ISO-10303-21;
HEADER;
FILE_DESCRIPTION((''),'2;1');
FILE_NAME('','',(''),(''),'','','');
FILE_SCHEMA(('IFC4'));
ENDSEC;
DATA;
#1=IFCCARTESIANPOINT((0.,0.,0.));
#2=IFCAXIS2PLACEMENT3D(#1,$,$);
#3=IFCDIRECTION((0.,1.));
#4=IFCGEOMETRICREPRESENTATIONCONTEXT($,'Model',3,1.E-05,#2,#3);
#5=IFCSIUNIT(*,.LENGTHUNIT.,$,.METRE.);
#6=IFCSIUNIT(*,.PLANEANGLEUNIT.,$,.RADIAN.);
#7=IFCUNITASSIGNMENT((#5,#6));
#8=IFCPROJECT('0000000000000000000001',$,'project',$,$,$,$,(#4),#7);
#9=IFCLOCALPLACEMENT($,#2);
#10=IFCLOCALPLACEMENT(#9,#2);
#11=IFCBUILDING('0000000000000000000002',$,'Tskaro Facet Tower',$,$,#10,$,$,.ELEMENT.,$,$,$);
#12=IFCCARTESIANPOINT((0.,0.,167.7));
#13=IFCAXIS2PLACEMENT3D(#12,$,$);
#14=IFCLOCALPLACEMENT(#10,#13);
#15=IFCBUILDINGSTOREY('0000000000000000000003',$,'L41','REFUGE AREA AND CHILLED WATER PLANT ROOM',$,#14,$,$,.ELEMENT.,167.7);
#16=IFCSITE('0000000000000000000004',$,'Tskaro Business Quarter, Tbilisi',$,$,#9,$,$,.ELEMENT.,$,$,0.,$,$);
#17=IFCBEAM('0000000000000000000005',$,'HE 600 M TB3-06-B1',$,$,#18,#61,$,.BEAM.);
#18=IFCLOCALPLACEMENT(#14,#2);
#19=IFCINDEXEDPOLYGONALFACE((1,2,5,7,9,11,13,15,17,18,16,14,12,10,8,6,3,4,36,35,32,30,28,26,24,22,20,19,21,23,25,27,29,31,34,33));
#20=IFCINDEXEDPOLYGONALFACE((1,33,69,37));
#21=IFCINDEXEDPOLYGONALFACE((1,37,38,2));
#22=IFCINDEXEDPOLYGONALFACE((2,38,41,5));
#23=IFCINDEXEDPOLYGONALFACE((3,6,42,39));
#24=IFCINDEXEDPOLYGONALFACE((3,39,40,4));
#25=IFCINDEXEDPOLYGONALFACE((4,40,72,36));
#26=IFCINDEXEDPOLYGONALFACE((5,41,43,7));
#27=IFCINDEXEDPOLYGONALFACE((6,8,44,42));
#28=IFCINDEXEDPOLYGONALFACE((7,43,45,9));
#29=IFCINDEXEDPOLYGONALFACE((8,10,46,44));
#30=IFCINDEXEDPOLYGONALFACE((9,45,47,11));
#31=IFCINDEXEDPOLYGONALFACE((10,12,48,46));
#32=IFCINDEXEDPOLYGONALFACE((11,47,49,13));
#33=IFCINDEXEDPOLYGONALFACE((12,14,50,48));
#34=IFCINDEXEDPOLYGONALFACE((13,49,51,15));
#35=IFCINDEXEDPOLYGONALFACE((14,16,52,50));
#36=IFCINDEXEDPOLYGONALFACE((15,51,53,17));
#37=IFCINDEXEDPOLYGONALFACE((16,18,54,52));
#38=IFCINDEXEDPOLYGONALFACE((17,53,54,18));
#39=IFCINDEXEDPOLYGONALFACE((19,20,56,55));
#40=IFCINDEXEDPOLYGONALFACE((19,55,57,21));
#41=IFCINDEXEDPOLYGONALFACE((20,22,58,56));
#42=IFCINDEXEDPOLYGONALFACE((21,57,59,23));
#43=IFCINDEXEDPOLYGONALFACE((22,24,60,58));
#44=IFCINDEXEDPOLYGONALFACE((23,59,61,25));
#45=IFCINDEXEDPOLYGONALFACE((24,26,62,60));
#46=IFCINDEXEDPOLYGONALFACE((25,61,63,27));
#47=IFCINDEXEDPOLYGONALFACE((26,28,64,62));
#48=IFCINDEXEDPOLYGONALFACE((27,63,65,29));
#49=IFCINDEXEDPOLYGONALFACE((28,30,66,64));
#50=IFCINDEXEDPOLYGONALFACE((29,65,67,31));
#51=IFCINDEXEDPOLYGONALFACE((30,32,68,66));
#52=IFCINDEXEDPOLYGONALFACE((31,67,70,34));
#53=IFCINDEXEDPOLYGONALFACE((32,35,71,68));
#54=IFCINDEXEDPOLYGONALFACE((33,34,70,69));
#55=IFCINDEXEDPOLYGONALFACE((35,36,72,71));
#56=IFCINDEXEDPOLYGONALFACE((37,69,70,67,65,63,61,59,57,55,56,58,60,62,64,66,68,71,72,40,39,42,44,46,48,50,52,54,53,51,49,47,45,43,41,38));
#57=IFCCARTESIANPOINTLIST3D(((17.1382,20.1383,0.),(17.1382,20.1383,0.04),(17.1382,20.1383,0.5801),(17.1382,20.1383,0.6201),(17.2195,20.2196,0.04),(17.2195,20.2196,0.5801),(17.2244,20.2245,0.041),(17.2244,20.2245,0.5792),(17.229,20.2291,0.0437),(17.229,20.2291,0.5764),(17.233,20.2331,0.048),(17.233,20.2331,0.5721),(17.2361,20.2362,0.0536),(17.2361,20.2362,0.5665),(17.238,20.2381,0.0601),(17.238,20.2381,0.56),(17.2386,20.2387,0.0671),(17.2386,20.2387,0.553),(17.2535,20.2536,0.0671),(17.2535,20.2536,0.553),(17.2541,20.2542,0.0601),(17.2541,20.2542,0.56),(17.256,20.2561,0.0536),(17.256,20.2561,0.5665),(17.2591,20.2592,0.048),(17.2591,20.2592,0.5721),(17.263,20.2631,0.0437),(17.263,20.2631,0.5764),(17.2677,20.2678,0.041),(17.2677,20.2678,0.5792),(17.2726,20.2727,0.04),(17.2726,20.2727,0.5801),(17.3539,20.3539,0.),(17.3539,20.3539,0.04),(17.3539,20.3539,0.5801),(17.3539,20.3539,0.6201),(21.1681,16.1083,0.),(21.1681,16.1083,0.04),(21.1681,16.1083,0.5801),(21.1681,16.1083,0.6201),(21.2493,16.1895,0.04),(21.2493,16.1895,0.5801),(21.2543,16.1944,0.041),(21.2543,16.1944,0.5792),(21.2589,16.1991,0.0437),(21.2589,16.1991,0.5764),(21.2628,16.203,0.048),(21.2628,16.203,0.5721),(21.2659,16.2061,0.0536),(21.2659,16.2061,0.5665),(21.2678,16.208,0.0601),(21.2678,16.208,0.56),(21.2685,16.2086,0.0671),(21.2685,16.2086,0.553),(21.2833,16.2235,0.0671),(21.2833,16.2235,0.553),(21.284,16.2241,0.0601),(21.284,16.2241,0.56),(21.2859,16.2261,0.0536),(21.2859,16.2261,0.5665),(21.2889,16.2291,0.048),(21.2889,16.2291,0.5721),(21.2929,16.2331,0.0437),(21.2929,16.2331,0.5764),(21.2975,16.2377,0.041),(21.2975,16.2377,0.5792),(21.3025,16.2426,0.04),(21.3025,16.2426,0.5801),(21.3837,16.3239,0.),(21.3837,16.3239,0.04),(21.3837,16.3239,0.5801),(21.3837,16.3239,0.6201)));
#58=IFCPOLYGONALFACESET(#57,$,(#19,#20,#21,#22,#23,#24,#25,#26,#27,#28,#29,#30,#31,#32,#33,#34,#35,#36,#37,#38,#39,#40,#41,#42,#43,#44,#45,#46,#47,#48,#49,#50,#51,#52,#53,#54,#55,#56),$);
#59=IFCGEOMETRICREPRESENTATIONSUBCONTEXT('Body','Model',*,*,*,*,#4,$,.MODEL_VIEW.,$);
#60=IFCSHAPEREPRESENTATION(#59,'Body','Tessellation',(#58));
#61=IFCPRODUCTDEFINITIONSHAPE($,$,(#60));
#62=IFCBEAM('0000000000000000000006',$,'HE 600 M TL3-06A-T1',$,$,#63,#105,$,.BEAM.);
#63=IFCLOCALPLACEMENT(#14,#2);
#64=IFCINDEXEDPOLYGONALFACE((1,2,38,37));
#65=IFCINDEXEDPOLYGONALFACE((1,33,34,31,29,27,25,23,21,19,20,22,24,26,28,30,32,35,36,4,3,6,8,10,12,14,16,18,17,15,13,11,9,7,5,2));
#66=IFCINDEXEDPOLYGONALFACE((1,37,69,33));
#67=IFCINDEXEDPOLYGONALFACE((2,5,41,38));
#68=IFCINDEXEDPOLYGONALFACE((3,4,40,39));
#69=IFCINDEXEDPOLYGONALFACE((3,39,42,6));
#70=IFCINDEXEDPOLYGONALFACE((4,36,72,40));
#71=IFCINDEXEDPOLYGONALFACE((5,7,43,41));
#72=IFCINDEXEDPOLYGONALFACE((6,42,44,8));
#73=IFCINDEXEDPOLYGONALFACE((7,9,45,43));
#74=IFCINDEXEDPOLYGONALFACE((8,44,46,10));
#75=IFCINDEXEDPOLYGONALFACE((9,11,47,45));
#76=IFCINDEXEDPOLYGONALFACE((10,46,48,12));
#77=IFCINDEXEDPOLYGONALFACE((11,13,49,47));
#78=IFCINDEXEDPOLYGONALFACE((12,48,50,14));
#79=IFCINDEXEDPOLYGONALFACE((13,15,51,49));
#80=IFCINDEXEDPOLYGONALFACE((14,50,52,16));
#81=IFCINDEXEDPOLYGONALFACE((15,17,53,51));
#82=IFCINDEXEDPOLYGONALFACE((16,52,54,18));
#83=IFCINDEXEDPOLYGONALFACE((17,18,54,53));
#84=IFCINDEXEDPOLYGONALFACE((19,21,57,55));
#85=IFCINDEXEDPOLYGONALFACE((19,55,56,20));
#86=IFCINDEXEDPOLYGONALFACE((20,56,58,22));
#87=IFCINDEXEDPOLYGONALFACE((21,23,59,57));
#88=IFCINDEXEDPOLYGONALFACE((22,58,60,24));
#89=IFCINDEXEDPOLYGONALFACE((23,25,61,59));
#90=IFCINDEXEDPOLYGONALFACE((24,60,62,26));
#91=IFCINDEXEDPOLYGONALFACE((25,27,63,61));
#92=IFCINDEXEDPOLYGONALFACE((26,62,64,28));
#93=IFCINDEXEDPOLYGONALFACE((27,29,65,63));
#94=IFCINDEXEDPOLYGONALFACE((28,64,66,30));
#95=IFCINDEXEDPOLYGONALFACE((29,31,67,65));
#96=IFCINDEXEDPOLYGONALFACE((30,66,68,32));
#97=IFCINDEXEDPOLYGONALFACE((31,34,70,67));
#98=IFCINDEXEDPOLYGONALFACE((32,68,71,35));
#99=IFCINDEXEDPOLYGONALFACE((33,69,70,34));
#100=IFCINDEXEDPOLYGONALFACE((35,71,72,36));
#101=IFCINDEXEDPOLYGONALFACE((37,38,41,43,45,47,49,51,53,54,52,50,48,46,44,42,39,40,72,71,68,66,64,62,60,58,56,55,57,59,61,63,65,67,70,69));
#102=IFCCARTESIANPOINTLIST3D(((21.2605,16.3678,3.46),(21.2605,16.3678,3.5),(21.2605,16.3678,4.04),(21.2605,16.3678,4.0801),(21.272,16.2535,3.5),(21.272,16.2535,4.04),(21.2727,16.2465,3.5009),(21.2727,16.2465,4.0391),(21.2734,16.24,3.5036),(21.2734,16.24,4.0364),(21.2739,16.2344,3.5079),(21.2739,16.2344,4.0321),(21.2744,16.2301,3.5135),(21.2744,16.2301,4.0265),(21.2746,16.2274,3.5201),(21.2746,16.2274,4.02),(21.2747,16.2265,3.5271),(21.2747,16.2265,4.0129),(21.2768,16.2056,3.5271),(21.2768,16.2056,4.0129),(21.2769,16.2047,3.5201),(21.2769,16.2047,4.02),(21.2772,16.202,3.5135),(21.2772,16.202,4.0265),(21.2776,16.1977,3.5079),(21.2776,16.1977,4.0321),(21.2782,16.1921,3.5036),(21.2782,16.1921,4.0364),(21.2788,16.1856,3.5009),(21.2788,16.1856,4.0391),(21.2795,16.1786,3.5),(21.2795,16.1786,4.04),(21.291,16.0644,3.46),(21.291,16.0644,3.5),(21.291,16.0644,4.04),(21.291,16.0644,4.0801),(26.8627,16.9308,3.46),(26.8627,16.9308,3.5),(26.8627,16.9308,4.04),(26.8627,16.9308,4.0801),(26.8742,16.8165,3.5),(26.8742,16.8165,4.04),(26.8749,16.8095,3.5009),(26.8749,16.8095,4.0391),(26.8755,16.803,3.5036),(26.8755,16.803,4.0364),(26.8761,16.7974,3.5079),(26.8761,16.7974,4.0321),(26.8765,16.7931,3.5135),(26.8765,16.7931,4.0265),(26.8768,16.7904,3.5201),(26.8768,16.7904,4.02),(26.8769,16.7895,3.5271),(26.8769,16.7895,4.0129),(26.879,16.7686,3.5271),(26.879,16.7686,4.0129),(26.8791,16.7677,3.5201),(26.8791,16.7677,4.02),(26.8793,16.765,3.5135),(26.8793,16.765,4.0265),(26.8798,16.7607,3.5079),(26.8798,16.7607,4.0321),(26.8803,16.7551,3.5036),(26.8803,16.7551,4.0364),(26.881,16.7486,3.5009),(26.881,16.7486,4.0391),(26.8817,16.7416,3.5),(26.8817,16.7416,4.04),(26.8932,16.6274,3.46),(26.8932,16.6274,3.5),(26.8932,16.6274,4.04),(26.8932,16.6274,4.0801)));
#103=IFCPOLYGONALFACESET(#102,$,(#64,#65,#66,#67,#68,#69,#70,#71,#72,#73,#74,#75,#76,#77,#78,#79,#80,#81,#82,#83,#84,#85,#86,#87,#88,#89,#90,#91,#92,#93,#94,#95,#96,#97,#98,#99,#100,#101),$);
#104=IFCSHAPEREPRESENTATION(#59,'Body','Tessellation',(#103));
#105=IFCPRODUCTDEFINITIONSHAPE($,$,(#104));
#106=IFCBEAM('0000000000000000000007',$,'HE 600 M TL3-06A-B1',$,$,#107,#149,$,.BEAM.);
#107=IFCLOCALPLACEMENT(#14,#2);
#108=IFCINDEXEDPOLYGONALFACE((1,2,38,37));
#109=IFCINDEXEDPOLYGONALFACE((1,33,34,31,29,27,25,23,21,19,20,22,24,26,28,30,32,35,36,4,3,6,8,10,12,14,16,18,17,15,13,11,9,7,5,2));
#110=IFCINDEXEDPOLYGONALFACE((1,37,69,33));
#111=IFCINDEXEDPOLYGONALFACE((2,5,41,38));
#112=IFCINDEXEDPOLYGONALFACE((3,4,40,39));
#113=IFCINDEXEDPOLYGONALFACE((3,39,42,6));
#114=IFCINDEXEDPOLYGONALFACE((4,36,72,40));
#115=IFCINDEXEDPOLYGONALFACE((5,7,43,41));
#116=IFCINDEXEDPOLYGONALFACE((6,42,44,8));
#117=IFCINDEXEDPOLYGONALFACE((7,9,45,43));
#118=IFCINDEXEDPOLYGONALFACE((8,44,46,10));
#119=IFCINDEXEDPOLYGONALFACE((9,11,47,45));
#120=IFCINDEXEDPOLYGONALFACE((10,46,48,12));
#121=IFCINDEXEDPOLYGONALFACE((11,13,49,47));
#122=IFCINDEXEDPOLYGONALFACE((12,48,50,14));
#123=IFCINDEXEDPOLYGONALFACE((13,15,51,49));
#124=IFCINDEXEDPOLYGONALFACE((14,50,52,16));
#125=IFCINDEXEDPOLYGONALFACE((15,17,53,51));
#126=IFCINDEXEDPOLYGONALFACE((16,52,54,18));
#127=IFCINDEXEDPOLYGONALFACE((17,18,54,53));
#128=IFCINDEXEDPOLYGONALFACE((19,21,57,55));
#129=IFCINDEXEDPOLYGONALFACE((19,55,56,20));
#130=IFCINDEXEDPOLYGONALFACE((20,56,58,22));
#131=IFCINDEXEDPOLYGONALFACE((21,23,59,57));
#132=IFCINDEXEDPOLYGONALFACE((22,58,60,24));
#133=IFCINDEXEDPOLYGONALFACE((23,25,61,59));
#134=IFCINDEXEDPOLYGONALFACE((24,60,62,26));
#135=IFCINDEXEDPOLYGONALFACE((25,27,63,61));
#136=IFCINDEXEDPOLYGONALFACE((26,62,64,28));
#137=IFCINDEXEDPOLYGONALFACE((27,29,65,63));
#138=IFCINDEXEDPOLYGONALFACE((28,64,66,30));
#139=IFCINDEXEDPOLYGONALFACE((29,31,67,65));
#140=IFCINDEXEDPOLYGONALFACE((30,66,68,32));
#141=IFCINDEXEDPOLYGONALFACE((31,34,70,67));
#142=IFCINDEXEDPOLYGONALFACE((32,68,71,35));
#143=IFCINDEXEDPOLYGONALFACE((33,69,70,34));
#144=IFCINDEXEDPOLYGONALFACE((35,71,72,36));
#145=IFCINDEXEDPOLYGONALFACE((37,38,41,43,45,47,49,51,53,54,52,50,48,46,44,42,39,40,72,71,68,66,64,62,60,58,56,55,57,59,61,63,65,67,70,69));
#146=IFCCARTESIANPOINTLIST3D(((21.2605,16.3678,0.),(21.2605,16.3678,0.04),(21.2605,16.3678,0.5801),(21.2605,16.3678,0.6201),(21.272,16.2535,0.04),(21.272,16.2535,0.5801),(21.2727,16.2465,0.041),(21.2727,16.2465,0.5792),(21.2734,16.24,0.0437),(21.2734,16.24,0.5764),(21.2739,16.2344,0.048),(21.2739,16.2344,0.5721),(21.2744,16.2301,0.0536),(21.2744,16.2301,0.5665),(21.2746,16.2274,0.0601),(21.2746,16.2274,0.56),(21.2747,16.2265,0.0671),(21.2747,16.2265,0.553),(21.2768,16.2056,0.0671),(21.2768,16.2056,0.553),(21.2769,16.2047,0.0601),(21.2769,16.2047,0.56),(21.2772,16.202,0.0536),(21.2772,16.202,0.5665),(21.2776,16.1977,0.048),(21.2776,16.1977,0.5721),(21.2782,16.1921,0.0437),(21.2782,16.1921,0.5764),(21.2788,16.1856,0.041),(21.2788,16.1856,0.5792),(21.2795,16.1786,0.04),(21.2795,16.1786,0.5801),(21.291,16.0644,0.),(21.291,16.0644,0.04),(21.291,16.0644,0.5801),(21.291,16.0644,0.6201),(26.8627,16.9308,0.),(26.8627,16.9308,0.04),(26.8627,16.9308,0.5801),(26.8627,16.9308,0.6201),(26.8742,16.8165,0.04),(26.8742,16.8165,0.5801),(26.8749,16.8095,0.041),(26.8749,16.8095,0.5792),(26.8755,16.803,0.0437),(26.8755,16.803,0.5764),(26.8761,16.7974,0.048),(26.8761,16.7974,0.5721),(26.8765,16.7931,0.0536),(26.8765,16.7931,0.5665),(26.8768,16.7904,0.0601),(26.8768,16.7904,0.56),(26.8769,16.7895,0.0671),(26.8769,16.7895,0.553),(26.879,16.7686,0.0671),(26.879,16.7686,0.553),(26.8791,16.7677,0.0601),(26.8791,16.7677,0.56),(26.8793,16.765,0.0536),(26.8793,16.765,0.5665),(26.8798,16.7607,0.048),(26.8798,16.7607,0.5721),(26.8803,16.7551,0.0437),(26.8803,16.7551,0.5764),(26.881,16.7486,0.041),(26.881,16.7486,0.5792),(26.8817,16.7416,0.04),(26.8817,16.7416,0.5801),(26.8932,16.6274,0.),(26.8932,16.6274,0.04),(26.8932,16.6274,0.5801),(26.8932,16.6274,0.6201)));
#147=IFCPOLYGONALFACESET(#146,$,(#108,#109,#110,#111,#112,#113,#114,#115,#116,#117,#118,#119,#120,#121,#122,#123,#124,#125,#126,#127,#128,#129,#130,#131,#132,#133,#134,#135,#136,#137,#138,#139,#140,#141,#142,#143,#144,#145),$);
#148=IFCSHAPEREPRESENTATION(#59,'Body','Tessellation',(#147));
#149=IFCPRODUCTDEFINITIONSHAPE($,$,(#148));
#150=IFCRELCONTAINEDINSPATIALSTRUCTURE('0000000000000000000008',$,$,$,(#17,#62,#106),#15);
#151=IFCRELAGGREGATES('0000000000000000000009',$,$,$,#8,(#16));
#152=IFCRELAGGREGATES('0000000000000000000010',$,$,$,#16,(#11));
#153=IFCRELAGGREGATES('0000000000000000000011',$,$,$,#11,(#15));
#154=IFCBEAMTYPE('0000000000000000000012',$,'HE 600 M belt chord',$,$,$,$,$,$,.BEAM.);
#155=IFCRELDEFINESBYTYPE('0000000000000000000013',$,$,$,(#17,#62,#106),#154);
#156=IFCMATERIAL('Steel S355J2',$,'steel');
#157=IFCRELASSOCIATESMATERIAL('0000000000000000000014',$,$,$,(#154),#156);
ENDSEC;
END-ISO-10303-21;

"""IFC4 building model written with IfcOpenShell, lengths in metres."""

from ifc_helpers import new_model, si_unit, direction, frame, origin, origin_2d, place, context, subcontext, project, spatial, i_section, extrude, material, material_profile, profile_set, type_object, element, save


model = new_model("IFC4")

# Units and contexts
model_context = context("Model", 3, precision=1e-05, world=origin(), true_north=direction((0.0, 1.0)))
body_context = subcontext(model_context, "Body", "Model", "MODEL_VIEW")
ifc_project = project(units=[si_unit("LENGTHUNIT", "METRE"), si_unit("PLANEANGLEUNIT", "RADIAN")], contexts=[model_context])

# Site, building, storey
site_placement = place(None, origin())
site = spatial("IfcSite", under=ifc_project, at=site_placement, Name="Tskaro Business Quarter, Tbilisi", CompositionType="ELEMENT", RefElevation=0.0)
building_placement = place(site_placement, origin())
building = spatial("IfcBuilding", under=site, at=building_placement, Name="Tskaro Facet Tower", CompositionType="ELEMENT")
storey_placement = place(building_placement, frame((0.0, 0.0, 167.7)))
storey = spatial("IfcBuildingStorey", under=building, at=storey_placement, Name="L41", Description="REFUGE AREA AND CHILLED WATER PLANT ROOM", CompositionType="ELEMENT", Elevation=167.7)

# Beams
ifc_material_1 = material(Name="Steel S355J2", Category="steel")
ifc_material_profile_1 = material_profile(ifc_material_1, i_section(OverallWidth=0.3049, OverallDepth=0.6201, WebThickness=0.021, FlangeThickness=0.04, FilletRadius=0.0271, at=origin_2d()), Name="HE 600 M")
ifc_profile_set_1 = profile_set([ifc_material_profile_1], Name="Steel S355J2")
beam_type_1 = type_object("IfcBeamType", Name="HE 600 M belt chord", PredefinedType="BEAM", material=ifc_profile_set_1)
for number, where, z_axis, x_axis, name in (
    (1, (21.2759, 16.2161, 0.3101), (-0.707085, 0.707128, 0.0), (-0.707128, -0.707085, 0.0), "HE 600 M TB3-06-B1"),
):
    element("IfcBeam", number, at=place(storey_placement, frame(where, z_axis=z_axis, x_axis=x_axis)), inside=storey, type_object=beam_type_1, Name=name, PredefinedType="BEAM", context=body_context, shape_type="SweptSolid", body=[
        extrude(i_section(OverallWidth=0.3049, OverallDepth=0.6201, WebThickness=0.021, FlangeThickness=0.04, FilletRadius=0.0271, at=origin_2d()), origin(), (0.0, 0.0, 1.0), 5.6992),
    ])
for number, where, z_axis, x_axis, name in (
    (2, (26.8779, 16.7791, 3.77), (-0.994988, -0.099993, 0.0), (0.099993, -0.994988, 0.0), "HE 600 M TL3-06A-T1"),
    (3, (26.8779, 16.7791, 0.3101), (-0.994988, -0.099993, 0.0), (0.099993, -0.994988, 0.0), "HE 600 M TL3-06A-B1"),
):
    element("IfcBeam", number, at=place(storey_placement, frame(where, z_axis=z_axis, x_axis=x_axis)), inside=storey, type_object=beam_type_1, Name=name, PredefinedType="BEAM", context=body_context, shape_type="SweptSolid", body=[
        extrude(i_section(OverallWidth=0.3049, OverallDepth=0.6201, WebThickness=0.021, FlangeThickness=0.04, FilletRadius=0.0271, at=origin_2d()), origin(), (0.0, 0.0, 1.0), 5.6304),
    ])

save(model, "model.ifc")
